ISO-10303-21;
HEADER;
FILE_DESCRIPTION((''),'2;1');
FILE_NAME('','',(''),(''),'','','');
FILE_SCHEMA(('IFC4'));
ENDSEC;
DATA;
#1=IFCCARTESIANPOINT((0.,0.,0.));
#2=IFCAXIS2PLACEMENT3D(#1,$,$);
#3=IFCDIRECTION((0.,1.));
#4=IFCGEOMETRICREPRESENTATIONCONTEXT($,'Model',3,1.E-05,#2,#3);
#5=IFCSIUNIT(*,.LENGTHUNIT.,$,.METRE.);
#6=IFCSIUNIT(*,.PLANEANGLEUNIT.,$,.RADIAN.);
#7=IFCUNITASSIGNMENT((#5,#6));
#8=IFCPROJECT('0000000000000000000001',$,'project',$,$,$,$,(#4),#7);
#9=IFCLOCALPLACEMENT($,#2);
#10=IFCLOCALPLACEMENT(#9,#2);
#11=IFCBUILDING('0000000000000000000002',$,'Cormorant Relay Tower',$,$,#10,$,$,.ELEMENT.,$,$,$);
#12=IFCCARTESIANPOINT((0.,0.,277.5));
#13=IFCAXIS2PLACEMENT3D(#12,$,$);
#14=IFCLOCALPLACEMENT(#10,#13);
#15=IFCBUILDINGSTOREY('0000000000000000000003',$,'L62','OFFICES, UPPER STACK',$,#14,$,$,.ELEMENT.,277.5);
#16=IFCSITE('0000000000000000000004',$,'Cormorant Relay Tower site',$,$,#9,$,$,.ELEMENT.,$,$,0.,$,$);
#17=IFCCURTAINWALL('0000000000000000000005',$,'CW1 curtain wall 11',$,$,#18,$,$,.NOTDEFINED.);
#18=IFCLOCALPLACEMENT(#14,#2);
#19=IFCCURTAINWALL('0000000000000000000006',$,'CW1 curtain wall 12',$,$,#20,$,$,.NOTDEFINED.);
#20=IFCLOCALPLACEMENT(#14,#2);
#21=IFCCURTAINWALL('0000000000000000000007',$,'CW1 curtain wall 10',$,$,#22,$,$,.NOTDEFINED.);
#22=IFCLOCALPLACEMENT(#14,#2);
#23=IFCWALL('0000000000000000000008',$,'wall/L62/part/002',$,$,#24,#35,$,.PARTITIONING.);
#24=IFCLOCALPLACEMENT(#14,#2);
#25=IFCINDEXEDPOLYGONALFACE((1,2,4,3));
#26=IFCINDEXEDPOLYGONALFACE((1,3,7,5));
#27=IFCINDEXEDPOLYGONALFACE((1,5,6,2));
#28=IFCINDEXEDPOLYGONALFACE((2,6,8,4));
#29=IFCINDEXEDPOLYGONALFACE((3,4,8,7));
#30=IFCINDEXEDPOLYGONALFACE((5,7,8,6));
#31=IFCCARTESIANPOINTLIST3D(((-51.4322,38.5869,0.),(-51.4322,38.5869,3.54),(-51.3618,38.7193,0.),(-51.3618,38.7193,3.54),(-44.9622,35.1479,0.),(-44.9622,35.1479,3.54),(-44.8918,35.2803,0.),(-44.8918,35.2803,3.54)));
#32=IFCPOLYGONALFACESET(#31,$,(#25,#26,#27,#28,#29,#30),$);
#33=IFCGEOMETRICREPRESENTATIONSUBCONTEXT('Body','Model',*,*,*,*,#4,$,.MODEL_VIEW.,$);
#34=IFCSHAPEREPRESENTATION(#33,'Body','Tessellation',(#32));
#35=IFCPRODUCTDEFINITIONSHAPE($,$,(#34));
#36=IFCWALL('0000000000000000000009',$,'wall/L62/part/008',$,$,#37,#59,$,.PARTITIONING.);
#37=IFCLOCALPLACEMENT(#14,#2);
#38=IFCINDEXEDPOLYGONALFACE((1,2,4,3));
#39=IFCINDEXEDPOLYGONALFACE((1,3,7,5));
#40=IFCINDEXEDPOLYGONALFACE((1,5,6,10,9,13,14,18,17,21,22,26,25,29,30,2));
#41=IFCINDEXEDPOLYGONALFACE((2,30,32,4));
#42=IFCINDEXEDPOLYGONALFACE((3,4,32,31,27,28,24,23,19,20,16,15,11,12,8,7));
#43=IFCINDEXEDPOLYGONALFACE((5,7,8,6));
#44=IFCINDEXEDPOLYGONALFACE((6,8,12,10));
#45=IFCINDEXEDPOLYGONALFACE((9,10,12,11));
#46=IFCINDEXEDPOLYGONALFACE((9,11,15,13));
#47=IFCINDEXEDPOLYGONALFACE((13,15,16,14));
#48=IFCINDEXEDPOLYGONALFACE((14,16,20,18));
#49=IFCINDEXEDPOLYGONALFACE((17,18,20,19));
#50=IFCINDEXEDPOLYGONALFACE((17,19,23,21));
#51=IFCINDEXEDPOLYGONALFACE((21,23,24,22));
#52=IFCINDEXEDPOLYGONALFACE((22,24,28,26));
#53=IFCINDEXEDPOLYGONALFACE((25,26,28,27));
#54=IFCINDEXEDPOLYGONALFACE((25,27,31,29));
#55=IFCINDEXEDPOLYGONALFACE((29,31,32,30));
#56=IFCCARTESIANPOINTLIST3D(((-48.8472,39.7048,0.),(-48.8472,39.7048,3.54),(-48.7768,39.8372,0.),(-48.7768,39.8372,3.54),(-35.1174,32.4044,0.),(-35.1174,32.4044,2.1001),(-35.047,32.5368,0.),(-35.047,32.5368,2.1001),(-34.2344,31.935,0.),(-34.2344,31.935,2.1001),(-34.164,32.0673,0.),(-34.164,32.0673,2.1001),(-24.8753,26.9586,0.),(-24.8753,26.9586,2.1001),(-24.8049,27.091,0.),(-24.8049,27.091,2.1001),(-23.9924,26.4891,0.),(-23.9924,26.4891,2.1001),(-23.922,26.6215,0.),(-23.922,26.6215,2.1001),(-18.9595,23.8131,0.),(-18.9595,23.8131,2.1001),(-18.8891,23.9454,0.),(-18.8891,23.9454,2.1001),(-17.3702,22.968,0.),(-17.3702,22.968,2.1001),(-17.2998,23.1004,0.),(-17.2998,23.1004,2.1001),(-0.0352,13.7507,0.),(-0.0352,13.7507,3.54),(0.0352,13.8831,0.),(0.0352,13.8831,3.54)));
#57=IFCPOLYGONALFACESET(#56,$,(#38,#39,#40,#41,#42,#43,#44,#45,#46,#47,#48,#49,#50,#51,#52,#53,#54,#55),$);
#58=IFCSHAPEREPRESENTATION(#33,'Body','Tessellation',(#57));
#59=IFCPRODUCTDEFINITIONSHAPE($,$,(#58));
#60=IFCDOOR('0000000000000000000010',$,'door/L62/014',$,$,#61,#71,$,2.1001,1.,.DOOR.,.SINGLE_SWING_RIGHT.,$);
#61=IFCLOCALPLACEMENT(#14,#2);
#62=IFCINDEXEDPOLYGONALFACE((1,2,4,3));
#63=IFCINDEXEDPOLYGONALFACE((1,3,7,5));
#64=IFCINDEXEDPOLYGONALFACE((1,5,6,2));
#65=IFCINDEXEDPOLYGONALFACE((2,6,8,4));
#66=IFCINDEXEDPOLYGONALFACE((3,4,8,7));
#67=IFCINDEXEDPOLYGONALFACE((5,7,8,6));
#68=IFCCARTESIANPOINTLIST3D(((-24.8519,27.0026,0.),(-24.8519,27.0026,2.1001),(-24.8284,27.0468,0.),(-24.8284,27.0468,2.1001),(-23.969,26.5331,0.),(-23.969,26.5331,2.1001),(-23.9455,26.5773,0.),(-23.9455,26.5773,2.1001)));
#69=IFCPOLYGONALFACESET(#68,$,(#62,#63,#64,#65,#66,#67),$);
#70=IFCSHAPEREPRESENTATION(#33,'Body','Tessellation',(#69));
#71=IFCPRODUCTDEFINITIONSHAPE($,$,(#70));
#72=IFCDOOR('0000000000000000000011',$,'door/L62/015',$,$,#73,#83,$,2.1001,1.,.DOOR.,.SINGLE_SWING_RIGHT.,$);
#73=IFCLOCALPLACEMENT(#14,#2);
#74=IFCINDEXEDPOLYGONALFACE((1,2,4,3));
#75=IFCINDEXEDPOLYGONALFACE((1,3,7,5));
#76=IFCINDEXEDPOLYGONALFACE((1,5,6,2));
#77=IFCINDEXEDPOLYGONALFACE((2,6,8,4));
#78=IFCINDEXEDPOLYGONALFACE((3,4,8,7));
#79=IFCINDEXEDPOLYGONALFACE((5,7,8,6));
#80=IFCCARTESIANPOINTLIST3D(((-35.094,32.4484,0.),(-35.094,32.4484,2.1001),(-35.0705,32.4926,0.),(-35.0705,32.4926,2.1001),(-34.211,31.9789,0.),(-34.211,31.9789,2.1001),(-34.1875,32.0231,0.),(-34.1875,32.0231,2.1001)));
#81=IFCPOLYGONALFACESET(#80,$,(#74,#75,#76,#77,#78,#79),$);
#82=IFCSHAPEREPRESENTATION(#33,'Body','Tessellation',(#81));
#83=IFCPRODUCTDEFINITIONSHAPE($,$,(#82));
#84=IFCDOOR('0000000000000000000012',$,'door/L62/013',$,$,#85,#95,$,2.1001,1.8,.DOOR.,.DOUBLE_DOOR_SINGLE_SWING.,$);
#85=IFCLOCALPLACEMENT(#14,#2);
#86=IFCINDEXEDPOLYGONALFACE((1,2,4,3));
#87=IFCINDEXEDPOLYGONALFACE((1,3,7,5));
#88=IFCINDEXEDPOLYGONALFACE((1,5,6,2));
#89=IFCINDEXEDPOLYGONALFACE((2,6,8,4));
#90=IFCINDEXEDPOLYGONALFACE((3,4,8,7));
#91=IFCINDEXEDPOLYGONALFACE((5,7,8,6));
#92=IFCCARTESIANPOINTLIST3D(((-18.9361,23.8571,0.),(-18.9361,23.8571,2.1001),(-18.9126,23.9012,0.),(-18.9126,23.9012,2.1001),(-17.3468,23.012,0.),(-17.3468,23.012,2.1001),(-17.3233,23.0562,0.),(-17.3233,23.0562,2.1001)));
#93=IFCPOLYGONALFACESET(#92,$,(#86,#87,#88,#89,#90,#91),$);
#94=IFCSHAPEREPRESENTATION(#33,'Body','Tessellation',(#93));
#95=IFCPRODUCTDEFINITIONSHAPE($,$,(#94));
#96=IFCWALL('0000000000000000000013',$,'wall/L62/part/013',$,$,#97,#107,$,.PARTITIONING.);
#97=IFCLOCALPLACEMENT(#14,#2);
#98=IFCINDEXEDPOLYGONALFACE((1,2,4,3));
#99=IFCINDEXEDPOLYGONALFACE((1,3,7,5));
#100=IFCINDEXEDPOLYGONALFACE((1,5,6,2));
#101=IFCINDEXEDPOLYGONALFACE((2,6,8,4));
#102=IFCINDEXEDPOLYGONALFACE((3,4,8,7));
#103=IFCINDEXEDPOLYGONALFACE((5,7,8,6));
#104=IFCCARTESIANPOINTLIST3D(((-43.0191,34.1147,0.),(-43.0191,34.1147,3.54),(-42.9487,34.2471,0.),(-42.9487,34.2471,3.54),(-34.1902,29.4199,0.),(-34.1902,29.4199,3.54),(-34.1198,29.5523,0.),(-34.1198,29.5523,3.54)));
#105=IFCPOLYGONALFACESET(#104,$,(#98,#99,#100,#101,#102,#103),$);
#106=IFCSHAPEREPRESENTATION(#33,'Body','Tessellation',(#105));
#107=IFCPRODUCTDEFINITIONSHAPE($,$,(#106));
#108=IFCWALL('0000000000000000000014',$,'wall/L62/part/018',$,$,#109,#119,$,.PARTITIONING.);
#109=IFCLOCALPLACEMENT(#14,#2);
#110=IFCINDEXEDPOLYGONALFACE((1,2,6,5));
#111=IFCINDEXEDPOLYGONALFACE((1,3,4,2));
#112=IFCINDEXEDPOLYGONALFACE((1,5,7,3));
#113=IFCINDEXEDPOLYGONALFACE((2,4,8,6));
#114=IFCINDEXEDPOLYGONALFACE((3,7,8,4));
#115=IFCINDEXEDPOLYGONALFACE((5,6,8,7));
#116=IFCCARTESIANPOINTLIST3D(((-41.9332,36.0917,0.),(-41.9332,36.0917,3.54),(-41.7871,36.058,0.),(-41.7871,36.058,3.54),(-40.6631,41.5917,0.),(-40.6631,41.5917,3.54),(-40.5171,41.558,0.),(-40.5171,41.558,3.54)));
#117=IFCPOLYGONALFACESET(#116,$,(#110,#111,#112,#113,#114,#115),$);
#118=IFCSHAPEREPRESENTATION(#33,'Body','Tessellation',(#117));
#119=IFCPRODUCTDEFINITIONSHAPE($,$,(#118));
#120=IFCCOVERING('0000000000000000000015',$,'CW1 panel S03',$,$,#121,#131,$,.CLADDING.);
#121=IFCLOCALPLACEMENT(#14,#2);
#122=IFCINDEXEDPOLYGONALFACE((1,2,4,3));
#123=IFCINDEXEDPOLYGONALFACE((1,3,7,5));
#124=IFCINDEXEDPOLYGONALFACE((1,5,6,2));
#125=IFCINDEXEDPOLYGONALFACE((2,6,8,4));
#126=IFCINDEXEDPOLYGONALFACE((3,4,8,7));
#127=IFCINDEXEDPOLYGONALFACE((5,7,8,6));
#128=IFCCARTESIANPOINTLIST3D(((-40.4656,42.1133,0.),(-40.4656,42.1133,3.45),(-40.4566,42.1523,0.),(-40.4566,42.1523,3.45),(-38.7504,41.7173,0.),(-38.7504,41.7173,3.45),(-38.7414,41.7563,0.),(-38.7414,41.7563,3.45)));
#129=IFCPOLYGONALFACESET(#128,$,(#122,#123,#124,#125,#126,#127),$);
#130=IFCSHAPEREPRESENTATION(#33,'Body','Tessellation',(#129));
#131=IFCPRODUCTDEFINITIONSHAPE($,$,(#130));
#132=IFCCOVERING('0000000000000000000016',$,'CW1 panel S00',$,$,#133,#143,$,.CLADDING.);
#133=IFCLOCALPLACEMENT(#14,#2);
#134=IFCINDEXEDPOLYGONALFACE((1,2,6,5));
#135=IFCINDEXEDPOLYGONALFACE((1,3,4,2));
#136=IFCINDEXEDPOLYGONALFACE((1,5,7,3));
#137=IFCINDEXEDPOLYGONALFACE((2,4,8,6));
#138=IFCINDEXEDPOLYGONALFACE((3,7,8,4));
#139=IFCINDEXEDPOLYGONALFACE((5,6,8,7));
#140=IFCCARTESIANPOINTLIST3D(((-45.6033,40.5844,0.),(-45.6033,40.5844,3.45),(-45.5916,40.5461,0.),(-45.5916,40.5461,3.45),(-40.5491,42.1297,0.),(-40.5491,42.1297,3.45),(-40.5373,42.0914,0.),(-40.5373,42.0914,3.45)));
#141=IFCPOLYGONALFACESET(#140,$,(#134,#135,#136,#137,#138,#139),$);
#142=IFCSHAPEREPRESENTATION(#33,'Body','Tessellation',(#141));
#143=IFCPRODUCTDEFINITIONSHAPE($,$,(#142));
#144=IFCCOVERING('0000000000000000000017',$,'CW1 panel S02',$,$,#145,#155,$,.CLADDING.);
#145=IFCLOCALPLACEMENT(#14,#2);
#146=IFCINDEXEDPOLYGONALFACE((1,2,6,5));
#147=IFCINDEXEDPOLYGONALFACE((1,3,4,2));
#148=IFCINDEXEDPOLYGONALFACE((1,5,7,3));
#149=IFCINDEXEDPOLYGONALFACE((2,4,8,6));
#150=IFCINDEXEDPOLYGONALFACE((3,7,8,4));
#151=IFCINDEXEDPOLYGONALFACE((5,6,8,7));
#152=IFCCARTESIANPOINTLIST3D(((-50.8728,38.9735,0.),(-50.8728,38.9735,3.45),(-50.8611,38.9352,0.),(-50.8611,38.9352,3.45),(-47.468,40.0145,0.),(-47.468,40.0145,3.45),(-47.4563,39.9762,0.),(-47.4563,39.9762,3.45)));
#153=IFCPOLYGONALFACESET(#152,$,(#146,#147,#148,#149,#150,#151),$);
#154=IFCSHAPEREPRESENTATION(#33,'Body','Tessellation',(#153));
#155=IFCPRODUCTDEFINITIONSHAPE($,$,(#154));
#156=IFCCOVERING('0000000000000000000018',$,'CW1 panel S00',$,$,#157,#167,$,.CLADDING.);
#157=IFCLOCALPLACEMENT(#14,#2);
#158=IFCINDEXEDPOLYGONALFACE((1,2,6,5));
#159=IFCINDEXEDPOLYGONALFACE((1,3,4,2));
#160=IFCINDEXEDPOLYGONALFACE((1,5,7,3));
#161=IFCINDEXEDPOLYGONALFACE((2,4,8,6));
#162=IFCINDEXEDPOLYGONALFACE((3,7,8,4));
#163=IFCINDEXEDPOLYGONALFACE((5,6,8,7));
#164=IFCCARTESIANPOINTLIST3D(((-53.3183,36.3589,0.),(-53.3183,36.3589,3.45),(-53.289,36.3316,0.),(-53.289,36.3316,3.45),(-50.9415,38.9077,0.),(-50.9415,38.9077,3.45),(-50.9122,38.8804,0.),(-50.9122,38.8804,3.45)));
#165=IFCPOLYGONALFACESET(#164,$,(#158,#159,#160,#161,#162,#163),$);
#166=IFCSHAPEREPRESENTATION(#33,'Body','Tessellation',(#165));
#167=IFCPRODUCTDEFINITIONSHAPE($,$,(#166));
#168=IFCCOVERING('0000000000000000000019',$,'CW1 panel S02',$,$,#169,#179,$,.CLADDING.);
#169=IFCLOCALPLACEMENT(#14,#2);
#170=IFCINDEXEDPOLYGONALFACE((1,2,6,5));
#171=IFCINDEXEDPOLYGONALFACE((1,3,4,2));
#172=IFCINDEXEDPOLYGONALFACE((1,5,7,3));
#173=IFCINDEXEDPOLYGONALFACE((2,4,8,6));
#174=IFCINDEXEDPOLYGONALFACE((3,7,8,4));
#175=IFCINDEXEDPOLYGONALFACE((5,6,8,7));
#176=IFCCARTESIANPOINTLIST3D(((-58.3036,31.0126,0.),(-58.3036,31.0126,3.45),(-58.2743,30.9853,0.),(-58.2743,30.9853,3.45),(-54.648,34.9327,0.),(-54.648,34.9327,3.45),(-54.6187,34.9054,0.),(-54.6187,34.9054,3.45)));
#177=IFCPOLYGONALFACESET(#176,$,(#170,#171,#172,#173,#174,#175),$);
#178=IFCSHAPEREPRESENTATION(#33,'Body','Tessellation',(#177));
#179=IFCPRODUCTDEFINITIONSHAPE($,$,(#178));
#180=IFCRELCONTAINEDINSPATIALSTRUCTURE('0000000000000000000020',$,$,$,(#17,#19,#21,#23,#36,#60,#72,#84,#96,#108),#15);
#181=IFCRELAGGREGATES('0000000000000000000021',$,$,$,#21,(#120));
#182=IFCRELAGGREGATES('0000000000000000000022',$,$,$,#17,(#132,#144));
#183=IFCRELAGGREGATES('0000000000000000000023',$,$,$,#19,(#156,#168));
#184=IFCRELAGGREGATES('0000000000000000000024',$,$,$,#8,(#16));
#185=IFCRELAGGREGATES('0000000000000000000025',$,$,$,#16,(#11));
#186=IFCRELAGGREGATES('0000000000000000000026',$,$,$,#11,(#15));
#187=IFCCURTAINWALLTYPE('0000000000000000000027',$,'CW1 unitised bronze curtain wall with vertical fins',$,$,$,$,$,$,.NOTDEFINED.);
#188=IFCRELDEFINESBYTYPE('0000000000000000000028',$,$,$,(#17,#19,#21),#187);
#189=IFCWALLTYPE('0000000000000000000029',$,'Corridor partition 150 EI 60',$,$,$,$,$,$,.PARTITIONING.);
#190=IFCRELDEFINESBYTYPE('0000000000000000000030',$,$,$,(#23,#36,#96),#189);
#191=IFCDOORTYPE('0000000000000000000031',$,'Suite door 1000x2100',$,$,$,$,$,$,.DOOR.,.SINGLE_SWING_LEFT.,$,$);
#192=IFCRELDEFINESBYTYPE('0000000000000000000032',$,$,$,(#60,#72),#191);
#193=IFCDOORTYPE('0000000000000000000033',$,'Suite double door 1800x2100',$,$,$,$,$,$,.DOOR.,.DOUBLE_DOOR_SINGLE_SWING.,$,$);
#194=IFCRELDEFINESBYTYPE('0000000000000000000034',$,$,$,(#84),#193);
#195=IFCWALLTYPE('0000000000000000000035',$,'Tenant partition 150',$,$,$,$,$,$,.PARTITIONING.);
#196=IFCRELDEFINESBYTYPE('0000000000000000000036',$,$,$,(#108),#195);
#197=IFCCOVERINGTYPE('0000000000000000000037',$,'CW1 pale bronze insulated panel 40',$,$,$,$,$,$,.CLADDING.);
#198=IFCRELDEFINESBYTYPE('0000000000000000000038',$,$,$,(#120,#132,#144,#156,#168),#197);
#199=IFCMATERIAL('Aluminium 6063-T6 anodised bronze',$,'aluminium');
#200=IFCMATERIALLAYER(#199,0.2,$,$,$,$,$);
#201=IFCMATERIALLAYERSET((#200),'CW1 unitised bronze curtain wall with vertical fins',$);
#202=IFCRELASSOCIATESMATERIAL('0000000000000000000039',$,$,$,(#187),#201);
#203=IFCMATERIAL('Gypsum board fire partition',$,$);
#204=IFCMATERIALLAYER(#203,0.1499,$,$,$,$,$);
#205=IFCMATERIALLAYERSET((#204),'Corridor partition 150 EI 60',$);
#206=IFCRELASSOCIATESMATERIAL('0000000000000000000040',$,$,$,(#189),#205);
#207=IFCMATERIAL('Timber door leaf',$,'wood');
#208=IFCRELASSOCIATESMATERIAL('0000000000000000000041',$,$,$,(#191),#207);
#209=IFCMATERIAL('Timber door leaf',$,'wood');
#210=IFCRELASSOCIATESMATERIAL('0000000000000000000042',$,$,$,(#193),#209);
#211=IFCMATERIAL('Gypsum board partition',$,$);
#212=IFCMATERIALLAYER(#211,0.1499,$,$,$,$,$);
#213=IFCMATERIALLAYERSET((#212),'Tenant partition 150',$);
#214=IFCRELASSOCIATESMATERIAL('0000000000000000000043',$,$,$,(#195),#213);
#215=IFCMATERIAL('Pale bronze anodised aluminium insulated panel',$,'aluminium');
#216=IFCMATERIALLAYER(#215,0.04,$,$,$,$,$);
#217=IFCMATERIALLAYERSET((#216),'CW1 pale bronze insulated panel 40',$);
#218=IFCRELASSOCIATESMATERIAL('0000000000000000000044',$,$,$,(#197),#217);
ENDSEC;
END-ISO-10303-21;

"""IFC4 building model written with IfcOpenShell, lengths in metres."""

from ifc_helpers import new_model, si_unit, direction, frame, frame_2d, origin, origin_2d, place, context, subcontext, project, spatial, rectangle, extrude, material, layer, layer_set, type_object, element, fill, aggregate, save


model = new_model("IFC4")

# Units and contexts
model_context = context("Model", 3, precision=1e-05, world=origin(), true_north=direction((0.0, 1.0)))
body_context = subcontext(model_context, "Body", "Model", "MODEL_VIEW")
ifc_project = project(units=[si_unit("LENGTHUNIT", "METRE"), si_unit("PLANEANGLEUNIT", "RADIAN")], contexts=[model_context])

# Site, building, storey
site_placement = place(None, origin())
site = spatial("IfcSite", under=ifc_project, at=site_placement, Name="Cormorant Relay Tower site", CompositionType="ELEMENT", RefElevation=0.0)
building_placement = place(site_placement, origin())
building = spatial("IfcBuilding", under=site, at=building_placement, Name="Cormorant Relay Tower", CompositionType="ELEMENT")
storey_placement = place(building_placement, frame((0.0, 0.0, 277.5)))
storey = spatial("IfcBuildingStorey", under=building, at=storey_placement, Name="L62", Description="OFFICES, UPPER STACK", CompositionType="ELEMENT", Elevation=277.5)

# Curtain walls
ifc_material_1 = material(Name="Aluminium 6063-T6 anodised bronze", Category="aluminium")
ifc_layer_1 = layer(ifc_material_1, 0.2)
ifc_layer_set_1 = layer_set([ifc_layer_1], Name="CW1 unitised bronze curtain wall with vertical fins")
curtain_wall_type = type_object("IfcCurtainWallType", Name="CW1 unitised bronze curtain wall with vertical fins", PredefinedType="NOTDEFINED", material=ifc_layer_set_1)
curtain_wall_1_placement = place(storey_placement, origin())
curtain_wall_1 = element("IfcCurtainWall", 1, at=curtain_wall_1_placement, inside=storey, type_object=curtain_wall_type, Name="CW1 curtain wall 11", PredefinedType="NOTDEFINED")
curtain_wall_2_placement = place(storey_placement, origin())
curtain_wall_2 = element("IfcCurtainWall", 2, at=curtain_wall_2_placement, inside=storey, type_object=curtain_wall_type, Name="CW1 curtain wall 12", PredefinedType="NOTDEFINED")

# Curtain wall
curtain_wall_3_placement = place(storey_placement, origin())
curtain_wall_3 = element("IfcCurtainWall", 3, at=curtain_wall_3_placement, inside=storey, type_object=curtain_wall_type, Name="CW1 curtain wall 10", PredefinedType="NOTDEFINED")

# Wall
ifc_material_2 = material(Name="Gypsum board fire partition")
ifc_layer_2 = layer(ifc_material_2, 0.1499)
ifc_layer_set_2 = layer_set([ifc_layer_2], Name="Corridor partition 150 EI 60")
wall_type_1 = type_object("IfcWallType", Name="Corridor partition 150 EI 60", PredefinedType="PARTITIONING", material=ifc_layer_set_2)
wall_1_placement = place(storey_placement, frame((-44.927, 35.2141, 0.0), z_axis=(0.0, 0.0, 1.0), x_axis=(-0.883014, 0.469346, 0.0)))
element("IfcWall", 4, at=wall_1_placement, inside=storey, type_object=wall_type_1, Name="wall/L62/part/002", PredefinedType="PARTITIONING", context=body_context, shape_type="SweptSolid", body=[
    extrude(rectangle(XDim=7.3271, YDim=0.1499, at=frame_2d((3.6636, 0.0))), origin(), (0.0, 0.0, 1.0), 3.54),
])

# Wall, openings, doors
wall_2_placement = place(storey_placement, frame((-48.812, 39.771, 0.0), z_axis=(0.0, 0.0, 1.0), x_axis=(0.882945, -0.469476, 0.0)))
wall_2 = element("IfcWall", 5, at=wall_2_placement, inside=storey, type_object=wall_type_1, Name="wall/L62/part/008", PredefinedType="PARTITIONING", context=body_context, shape_type="SweptSolid", body=[
    extrude(rectangle(XDim=55.2832, YDim=0.1499, at=frame_2d((27.6416, 0.0))), origin(), (0.0, 0.0, 1.0), 3.54),
])
opening_1_placement = place(wall_2_placement, frame((33.8501, 0.0, 0.0)))
opening_1 = element("IfcOpeningElement", 6, at=opening_1_placement, cuts=wall_2, PredefinedType="OPENING", context=body_context, shape_type="SweptSolid", body=[
    extrude(rectangle(XDim=1.8, YDim=2.1001, at=frame_2d((0.8999, 1.05))), frame((0.0, 0.085, 0.0), z_axis=(0.0, -1.0, 0.0), x_axis=(1.0, 0.0, 0.0)), (0.0, 0.0, 1.0), 0.1699),
])
opening_2_placement = place(wall_2_placement, frame((27.1499, 0.0, 0.0)))
opening_2 = element("IfcOpeningElement", 7, at=opening_2_placement, cuts=wall_2, PredefinedType="OPENING", context=body_context, shape_type="SweptSolid", body=[
    extrude(rectangle(XDim=1.0, YDim=2.1001, at=frame_2d((0.5, 1.05))), frame((0.0, 0.085, 0.0), z_axis=(0.0, -1.0, 0.0), x_axis=(1.0, 0.0, 0.0)), (0.0, 0.0, 1.0), 0.1699),
])
opening_3_placement = place(wall_2_placement, frame((15.55, 0.0, 0.0)))
opening_3 = element("IfcOpeningElement", 8, at=opening_3_placement, cuts=wall_2, PredefinedType="OPENING", context=body_context, shape_type="SweptSolid", body=[
    extrude(rectangle(XDim=1.0, YDim=2.1001, at=frame_2d((0.5, 1.05))), frame((0.0, 0.085, 0.0), z_axis=(0.0, -1.0, 0.0), x_axis=(1.0, 0.0, 0.0)), (0.0, 0.0, 1.0), 0.1699),
])
ifc_material_3 = material(Name="Timber door leaf", Category="wood")
door_type_1 = type_object("IfcDoorType", Name="Suite door 1000x2100", OperationType="SINGLE_SWING_LEFT", PredefinedType="DOOR", material=ifc_material_3)
door_1_placement = place(opening_2_placement, origin())
door_1 = element("IfcDoor", 9, at=door_1_placement, inside=storey, type_object=door_type_1, Name="door/L62/014", OperationType="SINGLE_SWING_RIGHT", OverallHeight=2.1001, OverallWidth=1.0, PredefinedType="DOOR", context=body_context, shape_type="SweptSolid", body=[
    extrude(rectangle(XDim=1.0, YDim=2.1001, at=frame_2d((0.5, 1.05))), frame((0.0, 0.0249, 0.0), z_axis=(0.0, -1.0, 0.0), x_axis=(1.0, 0.0, 0.0)), (0.0, 0.0, 1.0), 0.05),
])
fill(opening_2, door_1)
door_2_placement = place(opening_3_placement, origin())
door_2 = element("IfcDoor", 10, at=door_2_placement, inside=storey, type_object=door_type_1, Name="door/L62/015", OperationType="SINGLE_SWING_RIGHT", OverallHeight=2.1001, OverallWidth=1.0, PredefinedType="DOOR", context=body_context, shape_type="SweptSolid", body=[
    extrude(rectangle(XDim=1.0, YDim=2.1001, at=frame_2d((0.5, 1.05))), frame((0.0, 0.0249, 0.0), z_axis=(0.0, -1.0, 0.0), x_axis=(1.0, 0.0, 0.0)), (0.0, 0.0, 1.0), 0.05),
])
fill(opening_3, door_2)
ifc_material_4 = material(Name="Timber door leaf", Category="wood")
door_type_2 = type_object("IfcDoorType", Name="Suite double door 1800x2100", OperationType="DOUBLE_DOOR_SINGLE_SWING", PredefinedType="DOOR", material=ifc_material_4)
door_3_placement = place(opening_1_placement, origin())
door_3 = element("IfcDoor", 11, at=door_3_placement, inside=storey, type_object=door_type_2, Name="door/L62/013", OperationType="DOUBLE_DOOR_SINGLE_SWING", OverallHeight=2.1001, OverallWidth=1.8, PredefinedType="DOOR", context=body_context, shape_type="SweptSolid", body=[
    extrude(rectangle(XDim=1.8, YDim=2.1001, at=frame_2d((0.8999, 1.05))), frame((0.0, 0.0249, 0.0), z_axis=(0.0, -1.0, 0.0), x_axis=(1.0, 0.0, 0.0)), (0.0, 0.0, 1.0), 0.05),
])
fill(opening_1, door_3)

# Walls
wall_3_placement = place(storey_placement, frame((-42.9839, 34.1809, 0.0), z_axis=(0.0, 0.0, 1.0), x_axis=(0.882929, -0.469506, 0.0)))
element("IfcWall", 12, at=wall_3_placement, inside=storey, type_object=wall_type_1, Name="wall/L62/part/013", PredefinedType="PARTITIONING", context=body_context, shape_type="SweptSolid", body=[
    extrude(rectangle(XDim=9.9995, YDim=0.1499, at=frame_2d((4.9998, 0.0))), origin(), (0.0, 0.0, 1.0), 3.54),
])
ifc_material_5 = material(Name="Gypsum board partition")
ifc_layer_3 = layer(ifc_material_5, 0.1499)
ifc_layer_set_3 = layer_set([ifc_layer_3], Name="Tenant partition 150")
wall_type_2 = type_object("IfcWallType", Name="Tenant partition 150", PredefinedType="PARTITIONING", material=ifc_layer_set_3)
wall_4_placement = place(storey_placement, frame((-41.8601, 36.075, 0.0), z_axis=(0.0, 0.0, 1.0), x_axis=(0.224992, 0.974361, 0.0)))
element("IfcWall", 13, at=wall_4_placement, inside=storey, type_object=wall_type_2, Name="wall/L62/part/018", PredefinedType="PARTITIONING", context=body_context, shape_type="SweptSolid", body=[
    extrude(rectangle(XDim=5.6448, YDim=0.1499, at=frame_2d((2.8223, 0.0))), origin(), (0.0, 0.0, 1.0), 3.54),
])

# Coverings
ifc_material_6 = material(Name="Pale bronze anodised aluminium insulated panel", Category="aluminium")
ifc_layer_4 = layer(ifc_material_6, 0.04)
ifc_layer_set_4 = layer_set([ifc_layer_4], Name="CW1 pale bronze insulated panel 40")
covering_type = type_object("IfcCoveringType", Name="CW1 pale bronze insulated panel 40", PredefinedType="CLADDING", material=ifc_layer_set_4)
covering_1_placement = place(storey_placement, frame((-39.6035, 41.9348, 0.0), z_axis=(0.0, 0.0, 1.0), x_axis=(-0.97437, 0.224951, 0.0)))
covering_1 = element("IfcCovering", 14, at=covering_1_placement, type_object=covering_type, Name="CW1 panel S03", PredefinedType="CLADDING", context=body_context, shape_type="SweptSolid", body=[
    extrude(rectangle(XDim=1.7603, YDim=0.04, at=origin_2d()), origin(), (0.0, 0.0, 1.0), 3.45),
])
aggregate(curtain_wall_3, [covering_1])
covering_2_placement = place(storey_placement, frame((-43.0703, 41.3379, 0.0), z_axis=(0.0, 0.0, 1.0), x_axis=(-0.956305, -0.292372, 0.0)))
covering_2 = element("IfcCovering", 15, at=covering_2_placement, type_object=covering_type, Name="CW1 panel S00", PredefinedType="CLADDING", context=body_context, shape_type="SweptSolid", body=[
    extrude(rectangle(XDim=5.2852, YDim=0.04, at=origin_2d()), origin(), (0.0, 0.0, 1.0), 3.45),
])
covering_3_placement = place(storey_placement, frame((-49.1646, 39.4749, 0.0), z_axis=(0.0, 0.0, 1.0), x_axis=(-0.956305, -0.292372, 0.0)))
covering_3 = element("IfcCovering", 16, at=covering_3_placement, type_object=covering_type, Name="CW1 panel S02", PredefinedType="CLADDING", context=body_context, shape_type="SweptSolid", body=[
    extrude(rectangle(XDim=3.5603, YDim=0.04, at=origin_2d()), origin(), (0.0, 0.0, 1.0), 3.45),
])
aggregate(curtain_wall_1, [covering_2, covering_3])
covering_4_placement = place(storey_placement, frame((-52.1152, 37.6196, 0.0), z_axis=(0.0, 0.0, 1.0), x_axis=(-0.681998, -0.731354, 0.0)))
covering_4 = element("IfcCovering", 17, at=covering_4_placement, type_object=covering_type, Name="CW1 panel S00", PredefinedType="CLADDING", context=body_context, shape_type="SweptSolid", body=[
    extrude(rectangle(XDim=3.4851, YDim=0.04, at=origin_2d()), origin(), (0.0, 0.0, 1.0), 3.45),
])
covering_5_placement = place(storey_placement, frame((-56.4612, 32.959, 0.0), z_axis=(0.0, 0.0, 1.0), x_axis=(-0.681998, -0.731354, 0.0)))
covering_5 = element("IfcCovering", 18, at=covering_5_placement, type_object=covering_type, Name="CW1 panel S02", PredefinedType="CLADDING", context=body_context, shape_type="SweptSolid", body=[
    extrude(rectangle(XDim=5.3601, YDim=0.04, at=origin_2d()), origin(), (0.0, 0.0, 1.0), 3.45),
])
aggregate(curtain_wall_2, [covering_4, covering_5])

save(model, "model.ifc")
